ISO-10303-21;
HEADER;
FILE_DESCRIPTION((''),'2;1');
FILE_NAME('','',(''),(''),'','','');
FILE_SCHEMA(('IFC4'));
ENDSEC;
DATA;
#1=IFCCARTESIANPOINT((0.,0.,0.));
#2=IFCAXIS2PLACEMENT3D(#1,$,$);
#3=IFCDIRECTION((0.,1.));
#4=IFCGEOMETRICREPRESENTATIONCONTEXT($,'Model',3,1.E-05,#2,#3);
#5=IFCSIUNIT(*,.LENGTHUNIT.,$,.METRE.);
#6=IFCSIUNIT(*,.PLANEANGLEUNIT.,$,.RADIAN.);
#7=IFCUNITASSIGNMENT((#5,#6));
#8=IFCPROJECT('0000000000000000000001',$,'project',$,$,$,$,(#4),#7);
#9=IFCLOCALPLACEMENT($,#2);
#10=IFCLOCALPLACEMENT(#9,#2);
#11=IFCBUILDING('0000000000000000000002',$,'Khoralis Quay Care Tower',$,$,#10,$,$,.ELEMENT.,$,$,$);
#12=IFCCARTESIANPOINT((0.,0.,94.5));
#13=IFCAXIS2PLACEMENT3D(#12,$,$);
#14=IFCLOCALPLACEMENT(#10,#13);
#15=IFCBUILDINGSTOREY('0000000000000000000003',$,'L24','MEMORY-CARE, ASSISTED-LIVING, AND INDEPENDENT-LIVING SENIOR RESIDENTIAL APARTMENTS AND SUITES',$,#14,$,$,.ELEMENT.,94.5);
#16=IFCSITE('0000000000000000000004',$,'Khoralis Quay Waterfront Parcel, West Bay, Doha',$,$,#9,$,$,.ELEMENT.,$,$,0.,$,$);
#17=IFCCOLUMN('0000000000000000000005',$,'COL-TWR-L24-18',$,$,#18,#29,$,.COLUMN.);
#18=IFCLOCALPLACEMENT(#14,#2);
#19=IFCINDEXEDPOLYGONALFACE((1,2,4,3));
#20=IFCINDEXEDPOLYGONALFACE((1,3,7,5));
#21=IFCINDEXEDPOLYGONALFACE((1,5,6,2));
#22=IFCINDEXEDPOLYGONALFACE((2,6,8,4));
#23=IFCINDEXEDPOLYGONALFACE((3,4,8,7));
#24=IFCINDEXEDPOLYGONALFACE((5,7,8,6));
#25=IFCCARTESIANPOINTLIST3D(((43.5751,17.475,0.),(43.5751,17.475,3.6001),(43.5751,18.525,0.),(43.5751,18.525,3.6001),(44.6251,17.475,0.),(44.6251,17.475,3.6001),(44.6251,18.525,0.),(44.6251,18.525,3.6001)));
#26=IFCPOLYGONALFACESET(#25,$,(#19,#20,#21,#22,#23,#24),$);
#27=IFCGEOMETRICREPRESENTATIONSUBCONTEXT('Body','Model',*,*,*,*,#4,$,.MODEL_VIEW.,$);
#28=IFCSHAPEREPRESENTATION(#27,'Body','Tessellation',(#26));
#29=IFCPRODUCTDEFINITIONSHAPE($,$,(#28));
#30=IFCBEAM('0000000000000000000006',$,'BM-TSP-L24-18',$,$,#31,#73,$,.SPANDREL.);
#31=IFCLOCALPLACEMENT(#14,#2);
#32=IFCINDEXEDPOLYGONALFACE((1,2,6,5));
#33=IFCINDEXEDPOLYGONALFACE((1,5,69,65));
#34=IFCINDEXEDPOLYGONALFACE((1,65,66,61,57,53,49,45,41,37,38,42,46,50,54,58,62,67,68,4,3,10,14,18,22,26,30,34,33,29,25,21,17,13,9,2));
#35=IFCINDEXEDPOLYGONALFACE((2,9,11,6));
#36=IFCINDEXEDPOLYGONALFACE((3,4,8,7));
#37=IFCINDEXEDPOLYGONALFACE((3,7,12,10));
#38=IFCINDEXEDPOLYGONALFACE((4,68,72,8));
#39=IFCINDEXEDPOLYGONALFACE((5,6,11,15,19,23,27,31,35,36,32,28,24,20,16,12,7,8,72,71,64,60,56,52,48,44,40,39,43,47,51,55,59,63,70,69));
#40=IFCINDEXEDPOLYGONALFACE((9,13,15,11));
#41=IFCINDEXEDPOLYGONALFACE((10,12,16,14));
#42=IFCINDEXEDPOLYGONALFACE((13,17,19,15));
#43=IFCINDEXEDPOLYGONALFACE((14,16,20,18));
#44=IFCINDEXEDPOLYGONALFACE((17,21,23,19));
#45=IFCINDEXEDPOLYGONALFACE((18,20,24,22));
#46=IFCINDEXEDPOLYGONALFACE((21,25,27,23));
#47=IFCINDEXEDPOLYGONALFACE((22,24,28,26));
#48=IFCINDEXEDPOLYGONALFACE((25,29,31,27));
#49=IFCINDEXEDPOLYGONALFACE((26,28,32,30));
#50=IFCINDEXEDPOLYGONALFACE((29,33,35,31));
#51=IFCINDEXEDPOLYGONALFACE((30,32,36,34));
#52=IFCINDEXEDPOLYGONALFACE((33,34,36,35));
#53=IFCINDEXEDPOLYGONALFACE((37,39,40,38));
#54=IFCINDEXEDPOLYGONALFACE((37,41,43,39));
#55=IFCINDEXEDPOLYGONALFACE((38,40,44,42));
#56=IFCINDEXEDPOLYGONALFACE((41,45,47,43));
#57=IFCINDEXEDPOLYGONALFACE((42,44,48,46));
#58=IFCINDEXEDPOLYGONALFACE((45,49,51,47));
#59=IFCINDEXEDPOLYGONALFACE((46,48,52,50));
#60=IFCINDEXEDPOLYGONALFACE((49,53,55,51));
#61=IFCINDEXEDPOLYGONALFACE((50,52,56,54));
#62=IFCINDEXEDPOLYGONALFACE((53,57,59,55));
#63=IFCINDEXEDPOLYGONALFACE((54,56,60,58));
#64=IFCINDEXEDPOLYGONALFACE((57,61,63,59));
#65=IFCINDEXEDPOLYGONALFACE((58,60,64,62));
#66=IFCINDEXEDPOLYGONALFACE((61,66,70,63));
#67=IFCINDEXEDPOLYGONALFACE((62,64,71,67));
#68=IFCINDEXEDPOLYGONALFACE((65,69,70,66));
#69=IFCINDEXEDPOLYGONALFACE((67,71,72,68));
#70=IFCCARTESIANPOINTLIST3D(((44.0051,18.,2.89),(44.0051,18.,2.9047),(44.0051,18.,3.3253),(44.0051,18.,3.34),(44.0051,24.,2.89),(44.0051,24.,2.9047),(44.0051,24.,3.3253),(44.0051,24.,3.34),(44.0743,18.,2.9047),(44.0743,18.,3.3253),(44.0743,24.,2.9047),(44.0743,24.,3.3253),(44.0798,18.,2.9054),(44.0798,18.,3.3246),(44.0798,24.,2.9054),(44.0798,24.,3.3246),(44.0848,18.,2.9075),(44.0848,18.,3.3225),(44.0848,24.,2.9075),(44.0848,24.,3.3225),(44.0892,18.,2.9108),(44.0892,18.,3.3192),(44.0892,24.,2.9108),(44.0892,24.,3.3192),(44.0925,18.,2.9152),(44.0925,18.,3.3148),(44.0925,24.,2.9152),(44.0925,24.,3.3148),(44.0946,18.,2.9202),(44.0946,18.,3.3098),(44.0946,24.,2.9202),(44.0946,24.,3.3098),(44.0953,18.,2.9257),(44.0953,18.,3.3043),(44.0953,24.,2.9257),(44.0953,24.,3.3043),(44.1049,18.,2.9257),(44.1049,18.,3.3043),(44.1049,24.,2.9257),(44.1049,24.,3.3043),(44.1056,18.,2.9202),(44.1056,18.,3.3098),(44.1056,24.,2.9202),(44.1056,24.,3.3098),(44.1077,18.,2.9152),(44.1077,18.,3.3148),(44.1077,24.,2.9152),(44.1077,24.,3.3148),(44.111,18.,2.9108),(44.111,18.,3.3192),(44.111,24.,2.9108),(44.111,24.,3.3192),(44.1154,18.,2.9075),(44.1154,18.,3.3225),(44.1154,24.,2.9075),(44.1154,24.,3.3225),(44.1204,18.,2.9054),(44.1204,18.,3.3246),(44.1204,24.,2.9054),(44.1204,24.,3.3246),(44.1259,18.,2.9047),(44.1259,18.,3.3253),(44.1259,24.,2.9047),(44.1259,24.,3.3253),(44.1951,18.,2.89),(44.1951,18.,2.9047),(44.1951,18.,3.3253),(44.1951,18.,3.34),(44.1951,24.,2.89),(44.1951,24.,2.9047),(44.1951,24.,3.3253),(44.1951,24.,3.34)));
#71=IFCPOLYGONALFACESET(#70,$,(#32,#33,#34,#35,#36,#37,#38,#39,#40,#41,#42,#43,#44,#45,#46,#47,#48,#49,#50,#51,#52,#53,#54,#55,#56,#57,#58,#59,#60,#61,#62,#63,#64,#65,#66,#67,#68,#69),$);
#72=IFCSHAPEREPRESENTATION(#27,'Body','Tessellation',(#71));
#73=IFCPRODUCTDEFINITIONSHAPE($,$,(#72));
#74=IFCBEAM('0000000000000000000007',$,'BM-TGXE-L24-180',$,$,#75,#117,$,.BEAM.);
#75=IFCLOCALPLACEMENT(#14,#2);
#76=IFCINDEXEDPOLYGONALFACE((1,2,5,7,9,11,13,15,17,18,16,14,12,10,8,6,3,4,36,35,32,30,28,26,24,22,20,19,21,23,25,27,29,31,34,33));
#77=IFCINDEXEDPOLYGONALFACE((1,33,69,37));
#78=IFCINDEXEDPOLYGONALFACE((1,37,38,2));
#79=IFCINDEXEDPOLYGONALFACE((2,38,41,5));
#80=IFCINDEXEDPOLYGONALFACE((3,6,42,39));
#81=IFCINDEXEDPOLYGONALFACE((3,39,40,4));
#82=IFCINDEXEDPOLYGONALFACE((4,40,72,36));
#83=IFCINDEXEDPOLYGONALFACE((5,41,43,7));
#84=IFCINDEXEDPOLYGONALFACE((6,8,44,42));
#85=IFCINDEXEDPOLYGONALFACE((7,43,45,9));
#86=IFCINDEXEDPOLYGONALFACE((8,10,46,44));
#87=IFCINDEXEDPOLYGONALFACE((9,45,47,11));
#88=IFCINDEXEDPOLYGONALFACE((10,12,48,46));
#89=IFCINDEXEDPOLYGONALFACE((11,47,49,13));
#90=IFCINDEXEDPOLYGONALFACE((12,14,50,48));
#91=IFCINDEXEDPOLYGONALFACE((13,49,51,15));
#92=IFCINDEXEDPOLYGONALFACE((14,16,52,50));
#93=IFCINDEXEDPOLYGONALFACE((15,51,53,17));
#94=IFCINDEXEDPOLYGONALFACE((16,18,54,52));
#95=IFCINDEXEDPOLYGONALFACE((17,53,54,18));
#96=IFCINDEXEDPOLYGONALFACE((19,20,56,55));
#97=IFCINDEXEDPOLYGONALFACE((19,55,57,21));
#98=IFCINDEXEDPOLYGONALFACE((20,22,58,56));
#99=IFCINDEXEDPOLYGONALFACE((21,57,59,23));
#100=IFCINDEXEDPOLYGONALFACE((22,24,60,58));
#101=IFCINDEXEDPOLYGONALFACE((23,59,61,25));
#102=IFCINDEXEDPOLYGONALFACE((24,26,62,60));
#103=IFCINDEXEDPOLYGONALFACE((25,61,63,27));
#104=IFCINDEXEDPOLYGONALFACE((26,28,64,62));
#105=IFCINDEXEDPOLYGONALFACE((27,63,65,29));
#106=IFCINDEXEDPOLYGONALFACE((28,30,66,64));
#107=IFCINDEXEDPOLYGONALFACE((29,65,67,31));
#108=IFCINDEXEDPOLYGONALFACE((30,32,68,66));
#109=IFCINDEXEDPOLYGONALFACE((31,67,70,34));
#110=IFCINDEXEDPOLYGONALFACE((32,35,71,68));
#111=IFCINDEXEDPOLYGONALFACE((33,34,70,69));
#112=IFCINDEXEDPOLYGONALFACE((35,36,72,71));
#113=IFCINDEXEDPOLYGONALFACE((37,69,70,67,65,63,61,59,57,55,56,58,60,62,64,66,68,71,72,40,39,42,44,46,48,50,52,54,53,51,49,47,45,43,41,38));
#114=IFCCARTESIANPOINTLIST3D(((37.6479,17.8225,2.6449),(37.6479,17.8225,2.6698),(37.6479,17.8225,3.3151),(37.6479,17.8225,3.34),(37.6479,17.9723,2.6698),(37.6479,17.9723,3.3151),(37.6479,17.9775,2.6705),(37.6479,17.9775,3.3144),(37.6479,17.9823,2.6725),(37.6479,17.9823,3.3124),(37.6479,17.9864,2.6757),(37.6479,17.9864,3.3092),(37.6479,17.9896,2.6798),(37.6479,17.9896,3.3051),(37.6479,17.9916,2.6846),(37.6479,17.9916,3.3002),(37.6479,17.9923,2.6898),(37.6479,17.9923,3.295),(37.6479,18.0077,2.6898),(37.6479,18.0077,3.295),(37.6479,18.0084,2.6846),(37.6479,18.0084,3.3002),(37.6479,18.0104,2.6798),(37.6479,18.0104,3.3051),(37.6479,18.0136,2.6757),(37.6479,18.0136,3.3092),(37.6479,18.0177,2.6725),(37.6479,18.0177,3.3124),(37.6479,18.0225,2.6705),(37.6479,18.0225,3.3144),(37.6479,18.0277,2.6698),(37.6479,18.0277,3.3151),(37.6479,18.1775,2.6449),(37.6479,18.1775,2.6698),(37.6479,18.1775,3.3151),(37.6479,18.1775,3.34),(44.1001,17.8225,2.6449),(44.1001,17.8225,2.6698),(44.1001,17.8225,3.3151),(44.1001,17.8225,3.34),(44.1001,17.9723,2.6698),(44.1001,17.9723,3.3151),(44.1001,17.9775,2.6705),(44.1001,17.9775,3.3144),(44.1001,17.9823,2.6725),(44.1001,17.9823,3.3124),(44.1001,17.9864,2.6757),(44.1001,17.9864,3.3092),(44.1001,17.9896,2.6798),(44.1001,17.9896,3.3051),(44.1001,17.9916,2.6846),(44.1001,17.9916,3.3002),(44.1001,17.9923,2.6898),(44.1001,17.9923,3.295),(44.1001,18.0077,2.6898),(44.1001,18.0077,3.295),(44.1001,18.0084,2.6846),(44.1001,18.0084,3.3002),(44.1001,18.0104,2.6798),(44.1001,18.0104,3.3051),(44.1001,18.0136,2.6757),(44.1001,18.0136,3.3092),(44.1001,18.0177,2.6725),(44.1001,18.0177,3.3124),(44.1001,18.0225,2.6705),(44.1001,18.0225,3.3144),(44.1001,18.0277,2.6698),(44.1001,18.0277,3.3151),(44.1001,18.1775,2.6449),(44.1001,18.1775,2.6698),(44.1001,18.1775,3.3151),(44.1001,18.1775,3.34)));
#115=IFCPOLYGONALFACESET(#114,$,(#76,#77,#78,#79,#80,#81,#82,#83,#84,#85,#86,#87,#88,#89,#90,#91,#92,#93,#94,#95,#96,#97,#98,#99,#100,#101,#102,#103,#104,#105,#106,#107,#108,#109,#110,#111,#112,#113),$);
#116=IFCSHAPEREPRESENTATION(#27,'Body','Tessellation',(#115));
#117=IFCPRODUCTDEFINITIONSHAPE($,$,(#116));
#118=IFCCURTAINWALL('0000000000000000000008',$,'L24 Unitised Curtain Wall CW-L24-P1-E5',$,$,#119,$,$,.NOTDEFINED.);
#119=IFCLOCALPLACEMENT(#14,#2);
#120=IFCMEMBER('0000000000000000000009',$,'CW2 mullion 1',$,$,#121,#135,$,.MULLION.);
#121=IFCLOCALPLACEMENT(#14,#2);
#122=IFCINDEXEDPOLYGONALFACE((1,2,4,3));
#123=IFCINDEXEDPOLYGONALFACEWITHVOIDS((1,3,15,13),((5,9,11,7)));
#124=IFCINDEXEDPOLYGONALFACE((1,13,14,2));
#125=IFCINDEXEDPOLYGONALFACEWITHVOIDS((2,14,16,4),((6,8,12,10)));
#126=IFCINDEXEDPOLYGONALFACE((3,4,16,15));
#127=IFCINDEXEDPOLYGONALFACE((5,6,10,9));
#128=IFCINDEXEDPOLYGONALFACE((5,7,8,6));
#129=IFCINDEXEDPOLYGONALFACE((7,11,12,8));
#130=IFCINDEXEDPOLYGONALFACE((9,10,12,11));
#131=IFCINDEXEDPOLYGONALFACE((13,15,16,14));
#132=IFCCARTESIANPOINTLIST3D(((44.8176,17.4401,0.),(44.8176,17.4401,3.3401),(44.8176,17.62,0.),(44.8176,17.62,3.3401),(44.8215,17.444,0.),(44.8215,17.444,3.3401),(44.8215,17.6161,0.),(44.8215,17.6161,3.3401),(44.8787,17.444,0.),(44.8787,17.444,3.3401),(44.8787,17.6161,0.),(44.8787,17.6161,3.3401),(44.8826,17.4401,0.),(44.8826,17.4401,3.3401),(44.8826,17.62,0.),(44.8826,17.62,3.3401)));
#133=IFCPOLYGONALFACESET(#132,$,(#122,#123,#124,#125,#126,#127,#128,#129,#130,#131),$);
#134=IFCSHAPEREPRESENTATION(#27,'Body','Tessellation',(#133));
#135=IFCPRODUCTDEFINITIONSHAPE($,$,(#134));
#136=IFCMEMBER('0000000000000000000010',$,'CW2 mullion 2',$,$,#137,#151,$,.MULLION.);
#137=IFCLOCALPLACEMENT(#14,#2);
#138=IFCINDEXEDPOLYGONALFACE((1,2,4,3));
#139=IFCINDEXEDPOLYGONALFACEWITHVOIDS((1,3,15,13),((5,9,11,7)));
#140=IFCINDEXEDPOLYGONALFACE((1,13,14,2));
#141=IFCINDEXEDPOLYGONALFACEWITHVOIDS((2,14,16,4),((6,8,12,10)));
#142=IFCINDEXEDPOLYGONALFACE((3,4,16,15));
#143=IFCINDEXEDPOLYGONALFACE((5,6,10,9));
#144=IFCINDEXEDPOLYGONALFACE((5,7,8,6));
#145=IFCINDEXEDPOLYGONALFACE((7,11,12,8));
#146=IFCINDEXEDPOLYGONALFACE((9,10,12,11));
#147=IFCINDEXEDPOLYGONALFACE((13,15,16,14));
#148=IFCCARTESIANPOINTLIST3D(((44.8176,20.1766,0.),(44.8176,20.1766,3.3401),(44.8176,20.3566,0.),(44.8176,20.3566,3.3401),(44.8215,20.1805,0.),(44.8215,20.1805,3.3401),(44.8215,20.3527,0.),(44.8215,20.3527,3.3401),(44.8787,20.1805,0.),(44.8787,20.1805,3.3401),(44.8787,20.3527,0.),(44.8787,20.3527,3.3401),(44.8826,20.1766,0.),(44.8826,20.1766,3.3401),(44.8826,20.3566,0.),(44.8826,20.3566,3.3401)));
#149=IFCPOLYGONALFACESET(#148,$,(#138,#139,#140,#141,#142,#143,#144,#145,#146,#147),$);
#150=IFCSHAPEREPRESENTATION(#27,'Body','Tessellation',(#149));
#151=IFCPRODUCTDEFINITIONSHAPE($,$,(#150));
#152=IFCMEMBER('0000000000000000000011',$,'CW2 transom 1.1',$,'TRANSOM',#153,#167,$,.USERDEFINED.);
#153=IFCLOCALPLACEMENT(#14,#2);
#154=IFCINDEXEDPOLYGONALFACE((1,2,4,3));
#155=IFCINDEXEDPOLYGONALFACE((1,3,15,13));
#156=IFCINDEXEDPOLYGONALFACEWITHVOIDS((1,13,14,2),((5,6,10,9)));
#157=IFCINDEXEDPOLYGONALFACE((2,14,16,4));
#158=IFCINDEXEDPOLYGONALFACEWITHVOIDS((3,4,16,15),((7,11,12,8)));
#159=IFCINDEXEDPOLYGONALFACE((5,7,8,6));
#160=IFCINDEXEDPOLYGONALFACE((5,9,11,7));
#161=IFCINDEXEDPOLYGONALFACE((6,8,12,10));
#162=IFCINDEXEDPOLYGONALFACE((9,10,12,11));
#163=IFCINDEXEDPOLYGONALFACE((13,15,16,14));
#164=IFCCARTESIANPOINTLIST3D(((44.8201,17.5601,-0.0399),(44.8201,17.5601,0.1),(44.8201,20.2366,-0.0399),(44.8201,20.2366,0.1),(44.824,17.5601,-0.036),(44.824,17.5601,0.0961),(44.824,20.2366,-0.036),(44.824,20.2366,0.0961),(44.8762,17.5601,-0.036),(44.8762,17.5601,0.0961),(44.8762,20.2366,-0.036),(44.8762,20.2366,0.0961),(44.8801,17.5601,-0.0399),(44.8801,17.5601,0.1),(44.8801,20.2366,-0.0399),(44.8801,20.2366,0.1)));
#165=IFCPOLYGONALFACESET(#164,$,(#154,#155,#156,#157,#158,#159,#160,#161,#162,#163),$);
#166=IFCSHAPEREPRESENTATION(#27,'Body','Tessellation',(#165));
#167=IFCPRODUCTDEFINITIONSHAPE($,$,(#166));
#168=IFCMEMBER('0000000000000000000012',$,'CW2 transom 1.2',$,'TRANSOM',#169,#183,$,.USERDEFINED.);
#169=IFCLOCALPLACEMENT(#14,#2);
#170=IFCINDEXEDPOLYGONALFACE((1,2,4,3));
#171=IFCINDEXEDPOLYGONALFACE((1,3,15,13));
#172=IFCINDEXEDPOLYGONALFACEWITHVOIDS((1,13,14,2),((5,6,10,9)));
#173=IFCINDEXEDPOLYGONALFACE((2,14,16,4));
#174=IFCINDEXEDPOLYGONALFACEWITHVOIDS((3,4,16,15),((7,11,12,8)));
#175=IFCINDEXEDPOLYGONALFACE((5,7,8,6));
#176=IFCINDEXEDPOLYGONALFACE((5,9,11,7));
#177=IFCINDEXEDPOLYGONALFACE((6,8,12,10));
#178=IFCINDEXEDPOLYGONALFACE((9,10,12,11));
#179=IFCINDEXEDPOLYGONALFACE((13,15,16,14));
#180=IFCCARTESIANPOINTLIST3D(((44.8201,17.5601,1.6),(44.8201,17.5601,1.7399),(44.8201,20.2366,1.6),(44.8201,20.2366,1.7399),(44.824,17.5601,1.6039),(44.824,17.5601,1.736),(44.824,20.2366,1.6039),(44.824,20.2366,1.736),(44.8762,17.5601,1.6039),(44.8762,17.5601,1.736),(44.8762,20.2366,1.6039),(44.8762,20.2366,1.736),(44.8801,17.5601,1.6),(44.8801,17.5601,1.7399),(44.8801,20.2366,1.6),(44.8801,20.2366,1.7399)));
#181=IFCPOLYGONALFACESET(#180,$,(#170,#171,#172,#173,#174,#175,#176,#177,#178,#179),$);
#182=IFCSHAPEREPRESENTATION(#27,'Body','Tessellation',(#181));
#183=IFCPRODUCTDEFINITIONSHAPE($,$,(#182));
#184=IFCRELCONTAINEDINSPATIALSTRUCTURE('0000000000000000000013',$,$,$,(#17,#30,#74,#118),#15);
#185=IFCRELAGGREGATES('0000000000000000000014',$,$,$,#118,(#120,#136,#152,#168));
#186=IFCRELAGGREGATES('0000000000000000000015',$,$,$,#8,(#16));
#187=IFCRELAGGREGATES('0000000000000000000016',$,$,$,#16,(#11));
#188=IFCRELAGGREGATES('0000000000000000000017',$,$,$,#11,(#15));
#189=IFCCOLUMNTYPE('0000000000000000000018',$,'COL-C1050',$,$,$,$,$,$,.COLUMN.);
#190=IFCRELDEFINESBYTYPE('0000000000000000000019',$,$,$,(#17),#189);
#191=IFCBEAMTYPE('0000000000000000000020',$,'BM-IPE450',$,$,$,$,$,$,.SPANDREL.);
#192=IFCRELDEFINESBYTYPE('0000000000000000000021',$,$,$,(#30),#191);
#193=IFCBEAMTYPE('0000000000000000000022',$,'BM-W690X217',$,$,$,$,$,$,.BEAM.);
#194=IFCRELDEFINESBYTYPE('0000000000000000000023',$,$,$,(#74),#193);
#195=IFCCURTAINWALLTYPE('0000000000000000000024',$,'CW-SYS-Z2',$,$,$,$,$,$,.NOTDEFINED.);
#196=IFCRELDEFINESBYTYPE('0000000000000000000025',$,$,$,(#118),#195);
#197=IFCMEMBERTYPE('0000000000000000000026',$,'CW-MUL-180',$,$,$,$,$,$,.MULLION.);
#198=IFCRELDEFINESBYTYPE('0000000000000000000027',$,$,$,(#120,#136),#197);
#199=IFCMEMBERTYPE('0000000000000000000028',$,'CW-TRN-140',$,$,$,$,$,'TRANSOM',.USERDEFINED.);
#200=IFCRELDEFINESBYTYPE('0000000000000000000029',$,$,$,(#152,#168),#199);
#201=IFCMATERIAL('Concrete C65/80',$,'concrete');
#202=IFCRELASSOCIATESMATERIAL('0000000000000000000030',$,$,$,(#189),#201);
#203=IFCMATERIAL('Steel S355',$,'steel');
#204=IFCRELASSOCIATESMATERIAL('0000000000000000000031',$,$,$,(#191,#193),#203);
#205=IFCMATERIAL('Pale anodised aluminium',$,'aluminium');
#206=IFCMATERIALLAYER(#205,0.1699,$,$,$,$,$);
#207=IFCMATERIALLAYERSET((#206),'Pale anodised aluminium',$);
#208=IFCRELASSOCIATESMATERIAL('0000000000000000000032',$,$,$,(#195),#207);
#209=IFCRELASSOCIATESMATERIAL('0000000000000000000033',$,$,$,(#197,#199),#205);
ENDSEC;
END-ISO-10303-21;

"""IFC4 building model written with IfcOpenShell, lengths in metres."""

from ifc_helpers import new_model, si_unit, direction, frame, origin, origin_2d, place, context, subcontext, project, spatial, rectangle, hollow_rectangle, i_section, extrude, source, transform, mapped, material, layer, layer_set, material_profile, profile_set, type_object, element, aggregate, save


model = new_model("IFC4")

# Units and contexts
model_context = context("Model", 3, precision=1e-05, world=origin(), true_north=direction((0.0, 1.0)))
body_context = subcontext(model_context, "Body", "Model", "MODEL_VIEW")
ifc_project = project(units=[si_unit("LENGTHUNIT", "METRE"), si_unit("PLANEANGLEUNIT", "RADIAN")], contexts=[model_context])

# Site, building, storey
site_placement = place(None, origin())
site = spatial("IfcSite", under=ifc_project, at=site_placement, Name="Khoralis Quay Waterfront Parcel, West Bay, Doha", CompositionType="ELEMENT", RefElevation=0.0)
building_placement = place(site_placement, origin())
building = spatial("IfcBuilding", under=site, at=building_placement, Name="Khoralis Quay Care Tower", CompositionType="ELEMENT")
storey_placement = place(building_placement, frame((0.0, 0.0, 94.5)))
storey = spatial("IfcBuildingStorey", under=building, at=storey_placement, Name="L24", Description="MEMORY-CARE, ASSISTED-LIVING, AND INDEPENDENT-LIVING SENIOR RESIDENTIAL APARTMENTS AND SUITES", CompositionType="ELEMENT", Elevation=94.5)

# Column
ifc_material_1 = material(Name="Concrete C65/80", Category="concrete")
ifc_material_profile_1 = material_profile(ifc_material_1, rectangle(XDim=1.05, YDim=1.05, at=origin_2d()), Name="Concrete C65/80")
ifc_profile_set_1 = profile_set([ifc_material_profile_1], Name="Concrete C65/80")
column_type = type_object("IfcColumnType", Name="COL-C1050", PredefinedType="COLUMN", material=ifc_profile_set_1)
shared_shape_1 = source(origin(), body_context, "Body", "SweptSolid", [
    extrude(rectangle(XDim=1.05, YDim=1.05, at=origin_2d()), origin(), (0.0, 0.0, 1.0), 3.6001),
])
column_placement = place(storey_placement, frame((44.1001, 18.0, 0.0), z_axis=(0.0, 0.0, 1.0), x_axis=(1.0, 0.0, 0.0)))
element("IfcColumn", 1, at=column_placement, inside=storey, type_object=column_type, Name="COL-TWR-L24-18", PredefinedType="COLUMN", context=body_context, shape_type="MappedRepresentation", body=[
    mapped(shared_shape_1, transform((0.0, 0.0, 0.0), scale=1.0)),
])

# Beams
ifc_material_2 = material(Name="Steel S355", Category="steel")
ifc_material_profile_2 = material_profile(ifc_material_2, i_section(OverallWidth=0.1899, OverallDepth=0.45, WebThickness=0.0095, FlangeThickness=0.0146, FilletRadius=0.021, at=origin_2d()), Name="Steel S355")
ifc_profile_set_2 = profile_set([ifc_material_profile_2], Name="Steel S355")
beam_type_1 = type_object("IfcBeamType", Name="BM-IPE450", PredefinedType="SPANDREL", material=ifc_profile_set_2)
shared_shape_2 = source(origin(), body_context, "Body", "SweptSolid", [
    extrude(i_section(OverallWidth=0.1899, OverallDepth=0.45, WebThickness=0.0095, FlangeThickness=0.0146, FilletRadius=0.021, at=origin_2d()), origin(), (0.0, 0.0, 1.0), 6.0),
])
beam_1_placement = place(storey_placement, frame((44.1001, 18.0, 3.115), z_axis=(0.0, 1.0, 0.0), x_axis=(-1.0, 0.0, 0.0)))
element("IfcBeam", 2, at=beam_1_placement, inside=storey, type_object=beam_type_1, Name="BM-TSP-L24-18", PredefinedType="SPANDREL", context=body_context, shape_type="MappedRepresentation", body=[
    mapped(shared_shape_2, transform((0.0, 0.0, 0.0), scale=1.0)),
])
ifc_material_profile_3 = material_profile(ifc_material_2, i_section(OverallWidth=0.355, OverallDepth=0.6951, WebThickness=0.0154, FlangeThickness=0.0249, FilletRadius=0.02, at=origin_2d()), Name="Steel S355")
ifc_profile_set_3 = profile_set([ifc_material_profile_3], Name="Steel S355")
beam_type_2 = type_object("IfcBeamType", Name="BM-W690X217", PredefinedType="BEAM", material=ifc_profile_set_3)
shared_shape_3 = source(origin(), body_context, "Body", "SweptSolid", [
    extrude(i_section(OverallWidth=0.355, OverallDepth=0.6951, WebThickness=0.0154, FlangeThickness=0.0249, FilletRadius=0.02, at=origin_2d()), origin(), (0.0, 0.0, 1.0), 6.4521),
])
beam_2_placement = place(storey_placement, frame((37.6479, 18.0, 2.9924), z_axis=(1.0, 0.0, 0.0), x_axis=(0.0, 1.0, 0.0)))
element("IfcBeam", 3, at=beam_2_placement, inside=storey, type_object=beam_type_2, Name="BM-TGXE-L24-180", PredefinedType="BEAM", context=body_context, shape_type="MappedRepresentation", body=[
    mapped(shared_shape_3, transform((0.0, 0.0, 0.0), scale=1.0)),
])

# Curtain wall, members
ifc_material_3 = material(Name="Pale anodised aluminium", Category="aluminium")
ifc_layer_1 = layer(ifc_material_3, 0.1699)
ifc_layer_set_1 = layer_set([ifc_layer_1], Name="Pale anodised aluminium")
curtain_wall_type = type_object("IfcCurtainWallType", Name="CW-SYS-Z2", PredefinedType="NOTDEFINED", material=ifc_layer_set_1)
curtain_wall_placement = place(storey_placement, origin())
curtain_wall = element("IfcCurtainWall", 4, at=curtain_wall_placement, inside=storey, type_object=curtain_wall_type, Name="L24 Unitised Curtain Wall CW-L24-P1-E5", PredefinedType="NOTDEFINED")
ifc_material_profile_4 = material_profile(ifc_material_3, hollow_rectangle(XDim=0.0649, YDim=0.1799, WallThickness=0.0039, at=origin_2d()), Name="Pale anodised aluminium")
ifc_profile_set_4 = profile_set([ifc_material_profile_4], Name="Pale anodised aluminium")
member_type_1 = type_object("IfcMemberType", Name="CW-MUL-180", PredefinedType="MULLION", material=ifc_profile_set_4)
shared_shape_4 = source(origin(), body_context, "Body", "SweptSolid", [
    extrude(hollow_rectangle(XDim=0.0649, YDim=0.1799, WallThickness=0.0039, at=origin_2d()), origin(), (0.0, 0.0, 1.0), 3.3401),
])
member_1_placement = place(storey_placement, frame((44.8501, 17.53, 0.0), z_axis=(0.0, 0.0, 1.0), x_axis=(-1.0, 0.0, 0.0)))
member_1 = element("IfcMember", 5, at=member_1_placement, type_object=member_type_1, Name="CW2 mullion 1", PredefinedType="MULLION", context=body_context, shape_type="MappedRepresentation", body=[
    mapped(shared_shape_4, transform((0.0, 0.0, 0.0), scale=1.0)),
])
member_2_placement = place(storey_placement, frame((44.8501, 20.2666, 0.0), z_axis=(0.0, 0.0, 1.0), x_axis=(-1.0, 0.0, 0.0)))
member_2 = element("IfcMember", 6, at=member_2_placement, type_object=member_type_1, Name="CW2 mullion 2", PredefinedType="MULLION", context=body_context, shape_type="MappedRepresentation", body=[
    mapped(shared_shape_4, transform((0.0, 0.0, 0.0), scale=1.0)),
])
ifc_material_profile_5 = material_profile(ifc_material_3, hollow_rectangle(XDim=0.0601, YDim=0.1399, WallThickness=0.0039, at=origin_2d()), Name="Pale anodised aluminium")
ifc_profile_set_5 = profile_set([ifc_material_profile_5], Name="Pale anodised aluminium")
member_type_2 = type_object("IfcMemberType", Name="CW-TRN-140", ElementType="TRANSOM", PredefinedType="USERDEFINED", material=ifc_profile_set_5)
shared_shape_5 = source(origin(), body_context, "Body", "SweptSolid", [
    extrude(hollow_rectangle(XDim=0.0601, YDim=0.1399, WallThickness=0.0039, at=origin_2d()), origin(), (0.0, 0.0, 1.0), 2.6765),
])
member_3_placement = place(storey_placement, frame((44.8501, 17.5601, 0.03), z_axis=(0.0, 1.0, 0.0), x_axis=(-1.0, 0.0, 0.0)))
member_3 = element("IfcMember", 7, at=member_3_placement, type_object=member_type_2, Name="CW2 transom 1.1", ObjectType="TRANSOM", PredefinedType="USERDEFINED", context=body_context, shape_type="MappedRepresentation", body=[
    mapped(shared_shape_5, transform((0.0, 0.0, 0.0), scale=1.0)),
])
member_4_placement = place(storey_placement, frame((44.8501, 17.5601, 1.6699), z_axis=(0.0, 1.0, 0.0), x_axis=(-1.0, 0.0, 0.0)))
member_4 = element("IfcMember", 8, at=member_4_placement, type_object=member_type_2, Name="CW2 transom 1.2", ObjectType="TRANSOM", PredefinedType="USERDEFINED", context=body_context, shape_type="MappedRepresentation", body=[
    mapped(shared_shape_5, transform((0.0, 0.0, 0.0), scale=1.0)),
])
aggregate(curtain_wall, [member_1, member_2, member_3, member_4])

save(model, "model.ifc")
